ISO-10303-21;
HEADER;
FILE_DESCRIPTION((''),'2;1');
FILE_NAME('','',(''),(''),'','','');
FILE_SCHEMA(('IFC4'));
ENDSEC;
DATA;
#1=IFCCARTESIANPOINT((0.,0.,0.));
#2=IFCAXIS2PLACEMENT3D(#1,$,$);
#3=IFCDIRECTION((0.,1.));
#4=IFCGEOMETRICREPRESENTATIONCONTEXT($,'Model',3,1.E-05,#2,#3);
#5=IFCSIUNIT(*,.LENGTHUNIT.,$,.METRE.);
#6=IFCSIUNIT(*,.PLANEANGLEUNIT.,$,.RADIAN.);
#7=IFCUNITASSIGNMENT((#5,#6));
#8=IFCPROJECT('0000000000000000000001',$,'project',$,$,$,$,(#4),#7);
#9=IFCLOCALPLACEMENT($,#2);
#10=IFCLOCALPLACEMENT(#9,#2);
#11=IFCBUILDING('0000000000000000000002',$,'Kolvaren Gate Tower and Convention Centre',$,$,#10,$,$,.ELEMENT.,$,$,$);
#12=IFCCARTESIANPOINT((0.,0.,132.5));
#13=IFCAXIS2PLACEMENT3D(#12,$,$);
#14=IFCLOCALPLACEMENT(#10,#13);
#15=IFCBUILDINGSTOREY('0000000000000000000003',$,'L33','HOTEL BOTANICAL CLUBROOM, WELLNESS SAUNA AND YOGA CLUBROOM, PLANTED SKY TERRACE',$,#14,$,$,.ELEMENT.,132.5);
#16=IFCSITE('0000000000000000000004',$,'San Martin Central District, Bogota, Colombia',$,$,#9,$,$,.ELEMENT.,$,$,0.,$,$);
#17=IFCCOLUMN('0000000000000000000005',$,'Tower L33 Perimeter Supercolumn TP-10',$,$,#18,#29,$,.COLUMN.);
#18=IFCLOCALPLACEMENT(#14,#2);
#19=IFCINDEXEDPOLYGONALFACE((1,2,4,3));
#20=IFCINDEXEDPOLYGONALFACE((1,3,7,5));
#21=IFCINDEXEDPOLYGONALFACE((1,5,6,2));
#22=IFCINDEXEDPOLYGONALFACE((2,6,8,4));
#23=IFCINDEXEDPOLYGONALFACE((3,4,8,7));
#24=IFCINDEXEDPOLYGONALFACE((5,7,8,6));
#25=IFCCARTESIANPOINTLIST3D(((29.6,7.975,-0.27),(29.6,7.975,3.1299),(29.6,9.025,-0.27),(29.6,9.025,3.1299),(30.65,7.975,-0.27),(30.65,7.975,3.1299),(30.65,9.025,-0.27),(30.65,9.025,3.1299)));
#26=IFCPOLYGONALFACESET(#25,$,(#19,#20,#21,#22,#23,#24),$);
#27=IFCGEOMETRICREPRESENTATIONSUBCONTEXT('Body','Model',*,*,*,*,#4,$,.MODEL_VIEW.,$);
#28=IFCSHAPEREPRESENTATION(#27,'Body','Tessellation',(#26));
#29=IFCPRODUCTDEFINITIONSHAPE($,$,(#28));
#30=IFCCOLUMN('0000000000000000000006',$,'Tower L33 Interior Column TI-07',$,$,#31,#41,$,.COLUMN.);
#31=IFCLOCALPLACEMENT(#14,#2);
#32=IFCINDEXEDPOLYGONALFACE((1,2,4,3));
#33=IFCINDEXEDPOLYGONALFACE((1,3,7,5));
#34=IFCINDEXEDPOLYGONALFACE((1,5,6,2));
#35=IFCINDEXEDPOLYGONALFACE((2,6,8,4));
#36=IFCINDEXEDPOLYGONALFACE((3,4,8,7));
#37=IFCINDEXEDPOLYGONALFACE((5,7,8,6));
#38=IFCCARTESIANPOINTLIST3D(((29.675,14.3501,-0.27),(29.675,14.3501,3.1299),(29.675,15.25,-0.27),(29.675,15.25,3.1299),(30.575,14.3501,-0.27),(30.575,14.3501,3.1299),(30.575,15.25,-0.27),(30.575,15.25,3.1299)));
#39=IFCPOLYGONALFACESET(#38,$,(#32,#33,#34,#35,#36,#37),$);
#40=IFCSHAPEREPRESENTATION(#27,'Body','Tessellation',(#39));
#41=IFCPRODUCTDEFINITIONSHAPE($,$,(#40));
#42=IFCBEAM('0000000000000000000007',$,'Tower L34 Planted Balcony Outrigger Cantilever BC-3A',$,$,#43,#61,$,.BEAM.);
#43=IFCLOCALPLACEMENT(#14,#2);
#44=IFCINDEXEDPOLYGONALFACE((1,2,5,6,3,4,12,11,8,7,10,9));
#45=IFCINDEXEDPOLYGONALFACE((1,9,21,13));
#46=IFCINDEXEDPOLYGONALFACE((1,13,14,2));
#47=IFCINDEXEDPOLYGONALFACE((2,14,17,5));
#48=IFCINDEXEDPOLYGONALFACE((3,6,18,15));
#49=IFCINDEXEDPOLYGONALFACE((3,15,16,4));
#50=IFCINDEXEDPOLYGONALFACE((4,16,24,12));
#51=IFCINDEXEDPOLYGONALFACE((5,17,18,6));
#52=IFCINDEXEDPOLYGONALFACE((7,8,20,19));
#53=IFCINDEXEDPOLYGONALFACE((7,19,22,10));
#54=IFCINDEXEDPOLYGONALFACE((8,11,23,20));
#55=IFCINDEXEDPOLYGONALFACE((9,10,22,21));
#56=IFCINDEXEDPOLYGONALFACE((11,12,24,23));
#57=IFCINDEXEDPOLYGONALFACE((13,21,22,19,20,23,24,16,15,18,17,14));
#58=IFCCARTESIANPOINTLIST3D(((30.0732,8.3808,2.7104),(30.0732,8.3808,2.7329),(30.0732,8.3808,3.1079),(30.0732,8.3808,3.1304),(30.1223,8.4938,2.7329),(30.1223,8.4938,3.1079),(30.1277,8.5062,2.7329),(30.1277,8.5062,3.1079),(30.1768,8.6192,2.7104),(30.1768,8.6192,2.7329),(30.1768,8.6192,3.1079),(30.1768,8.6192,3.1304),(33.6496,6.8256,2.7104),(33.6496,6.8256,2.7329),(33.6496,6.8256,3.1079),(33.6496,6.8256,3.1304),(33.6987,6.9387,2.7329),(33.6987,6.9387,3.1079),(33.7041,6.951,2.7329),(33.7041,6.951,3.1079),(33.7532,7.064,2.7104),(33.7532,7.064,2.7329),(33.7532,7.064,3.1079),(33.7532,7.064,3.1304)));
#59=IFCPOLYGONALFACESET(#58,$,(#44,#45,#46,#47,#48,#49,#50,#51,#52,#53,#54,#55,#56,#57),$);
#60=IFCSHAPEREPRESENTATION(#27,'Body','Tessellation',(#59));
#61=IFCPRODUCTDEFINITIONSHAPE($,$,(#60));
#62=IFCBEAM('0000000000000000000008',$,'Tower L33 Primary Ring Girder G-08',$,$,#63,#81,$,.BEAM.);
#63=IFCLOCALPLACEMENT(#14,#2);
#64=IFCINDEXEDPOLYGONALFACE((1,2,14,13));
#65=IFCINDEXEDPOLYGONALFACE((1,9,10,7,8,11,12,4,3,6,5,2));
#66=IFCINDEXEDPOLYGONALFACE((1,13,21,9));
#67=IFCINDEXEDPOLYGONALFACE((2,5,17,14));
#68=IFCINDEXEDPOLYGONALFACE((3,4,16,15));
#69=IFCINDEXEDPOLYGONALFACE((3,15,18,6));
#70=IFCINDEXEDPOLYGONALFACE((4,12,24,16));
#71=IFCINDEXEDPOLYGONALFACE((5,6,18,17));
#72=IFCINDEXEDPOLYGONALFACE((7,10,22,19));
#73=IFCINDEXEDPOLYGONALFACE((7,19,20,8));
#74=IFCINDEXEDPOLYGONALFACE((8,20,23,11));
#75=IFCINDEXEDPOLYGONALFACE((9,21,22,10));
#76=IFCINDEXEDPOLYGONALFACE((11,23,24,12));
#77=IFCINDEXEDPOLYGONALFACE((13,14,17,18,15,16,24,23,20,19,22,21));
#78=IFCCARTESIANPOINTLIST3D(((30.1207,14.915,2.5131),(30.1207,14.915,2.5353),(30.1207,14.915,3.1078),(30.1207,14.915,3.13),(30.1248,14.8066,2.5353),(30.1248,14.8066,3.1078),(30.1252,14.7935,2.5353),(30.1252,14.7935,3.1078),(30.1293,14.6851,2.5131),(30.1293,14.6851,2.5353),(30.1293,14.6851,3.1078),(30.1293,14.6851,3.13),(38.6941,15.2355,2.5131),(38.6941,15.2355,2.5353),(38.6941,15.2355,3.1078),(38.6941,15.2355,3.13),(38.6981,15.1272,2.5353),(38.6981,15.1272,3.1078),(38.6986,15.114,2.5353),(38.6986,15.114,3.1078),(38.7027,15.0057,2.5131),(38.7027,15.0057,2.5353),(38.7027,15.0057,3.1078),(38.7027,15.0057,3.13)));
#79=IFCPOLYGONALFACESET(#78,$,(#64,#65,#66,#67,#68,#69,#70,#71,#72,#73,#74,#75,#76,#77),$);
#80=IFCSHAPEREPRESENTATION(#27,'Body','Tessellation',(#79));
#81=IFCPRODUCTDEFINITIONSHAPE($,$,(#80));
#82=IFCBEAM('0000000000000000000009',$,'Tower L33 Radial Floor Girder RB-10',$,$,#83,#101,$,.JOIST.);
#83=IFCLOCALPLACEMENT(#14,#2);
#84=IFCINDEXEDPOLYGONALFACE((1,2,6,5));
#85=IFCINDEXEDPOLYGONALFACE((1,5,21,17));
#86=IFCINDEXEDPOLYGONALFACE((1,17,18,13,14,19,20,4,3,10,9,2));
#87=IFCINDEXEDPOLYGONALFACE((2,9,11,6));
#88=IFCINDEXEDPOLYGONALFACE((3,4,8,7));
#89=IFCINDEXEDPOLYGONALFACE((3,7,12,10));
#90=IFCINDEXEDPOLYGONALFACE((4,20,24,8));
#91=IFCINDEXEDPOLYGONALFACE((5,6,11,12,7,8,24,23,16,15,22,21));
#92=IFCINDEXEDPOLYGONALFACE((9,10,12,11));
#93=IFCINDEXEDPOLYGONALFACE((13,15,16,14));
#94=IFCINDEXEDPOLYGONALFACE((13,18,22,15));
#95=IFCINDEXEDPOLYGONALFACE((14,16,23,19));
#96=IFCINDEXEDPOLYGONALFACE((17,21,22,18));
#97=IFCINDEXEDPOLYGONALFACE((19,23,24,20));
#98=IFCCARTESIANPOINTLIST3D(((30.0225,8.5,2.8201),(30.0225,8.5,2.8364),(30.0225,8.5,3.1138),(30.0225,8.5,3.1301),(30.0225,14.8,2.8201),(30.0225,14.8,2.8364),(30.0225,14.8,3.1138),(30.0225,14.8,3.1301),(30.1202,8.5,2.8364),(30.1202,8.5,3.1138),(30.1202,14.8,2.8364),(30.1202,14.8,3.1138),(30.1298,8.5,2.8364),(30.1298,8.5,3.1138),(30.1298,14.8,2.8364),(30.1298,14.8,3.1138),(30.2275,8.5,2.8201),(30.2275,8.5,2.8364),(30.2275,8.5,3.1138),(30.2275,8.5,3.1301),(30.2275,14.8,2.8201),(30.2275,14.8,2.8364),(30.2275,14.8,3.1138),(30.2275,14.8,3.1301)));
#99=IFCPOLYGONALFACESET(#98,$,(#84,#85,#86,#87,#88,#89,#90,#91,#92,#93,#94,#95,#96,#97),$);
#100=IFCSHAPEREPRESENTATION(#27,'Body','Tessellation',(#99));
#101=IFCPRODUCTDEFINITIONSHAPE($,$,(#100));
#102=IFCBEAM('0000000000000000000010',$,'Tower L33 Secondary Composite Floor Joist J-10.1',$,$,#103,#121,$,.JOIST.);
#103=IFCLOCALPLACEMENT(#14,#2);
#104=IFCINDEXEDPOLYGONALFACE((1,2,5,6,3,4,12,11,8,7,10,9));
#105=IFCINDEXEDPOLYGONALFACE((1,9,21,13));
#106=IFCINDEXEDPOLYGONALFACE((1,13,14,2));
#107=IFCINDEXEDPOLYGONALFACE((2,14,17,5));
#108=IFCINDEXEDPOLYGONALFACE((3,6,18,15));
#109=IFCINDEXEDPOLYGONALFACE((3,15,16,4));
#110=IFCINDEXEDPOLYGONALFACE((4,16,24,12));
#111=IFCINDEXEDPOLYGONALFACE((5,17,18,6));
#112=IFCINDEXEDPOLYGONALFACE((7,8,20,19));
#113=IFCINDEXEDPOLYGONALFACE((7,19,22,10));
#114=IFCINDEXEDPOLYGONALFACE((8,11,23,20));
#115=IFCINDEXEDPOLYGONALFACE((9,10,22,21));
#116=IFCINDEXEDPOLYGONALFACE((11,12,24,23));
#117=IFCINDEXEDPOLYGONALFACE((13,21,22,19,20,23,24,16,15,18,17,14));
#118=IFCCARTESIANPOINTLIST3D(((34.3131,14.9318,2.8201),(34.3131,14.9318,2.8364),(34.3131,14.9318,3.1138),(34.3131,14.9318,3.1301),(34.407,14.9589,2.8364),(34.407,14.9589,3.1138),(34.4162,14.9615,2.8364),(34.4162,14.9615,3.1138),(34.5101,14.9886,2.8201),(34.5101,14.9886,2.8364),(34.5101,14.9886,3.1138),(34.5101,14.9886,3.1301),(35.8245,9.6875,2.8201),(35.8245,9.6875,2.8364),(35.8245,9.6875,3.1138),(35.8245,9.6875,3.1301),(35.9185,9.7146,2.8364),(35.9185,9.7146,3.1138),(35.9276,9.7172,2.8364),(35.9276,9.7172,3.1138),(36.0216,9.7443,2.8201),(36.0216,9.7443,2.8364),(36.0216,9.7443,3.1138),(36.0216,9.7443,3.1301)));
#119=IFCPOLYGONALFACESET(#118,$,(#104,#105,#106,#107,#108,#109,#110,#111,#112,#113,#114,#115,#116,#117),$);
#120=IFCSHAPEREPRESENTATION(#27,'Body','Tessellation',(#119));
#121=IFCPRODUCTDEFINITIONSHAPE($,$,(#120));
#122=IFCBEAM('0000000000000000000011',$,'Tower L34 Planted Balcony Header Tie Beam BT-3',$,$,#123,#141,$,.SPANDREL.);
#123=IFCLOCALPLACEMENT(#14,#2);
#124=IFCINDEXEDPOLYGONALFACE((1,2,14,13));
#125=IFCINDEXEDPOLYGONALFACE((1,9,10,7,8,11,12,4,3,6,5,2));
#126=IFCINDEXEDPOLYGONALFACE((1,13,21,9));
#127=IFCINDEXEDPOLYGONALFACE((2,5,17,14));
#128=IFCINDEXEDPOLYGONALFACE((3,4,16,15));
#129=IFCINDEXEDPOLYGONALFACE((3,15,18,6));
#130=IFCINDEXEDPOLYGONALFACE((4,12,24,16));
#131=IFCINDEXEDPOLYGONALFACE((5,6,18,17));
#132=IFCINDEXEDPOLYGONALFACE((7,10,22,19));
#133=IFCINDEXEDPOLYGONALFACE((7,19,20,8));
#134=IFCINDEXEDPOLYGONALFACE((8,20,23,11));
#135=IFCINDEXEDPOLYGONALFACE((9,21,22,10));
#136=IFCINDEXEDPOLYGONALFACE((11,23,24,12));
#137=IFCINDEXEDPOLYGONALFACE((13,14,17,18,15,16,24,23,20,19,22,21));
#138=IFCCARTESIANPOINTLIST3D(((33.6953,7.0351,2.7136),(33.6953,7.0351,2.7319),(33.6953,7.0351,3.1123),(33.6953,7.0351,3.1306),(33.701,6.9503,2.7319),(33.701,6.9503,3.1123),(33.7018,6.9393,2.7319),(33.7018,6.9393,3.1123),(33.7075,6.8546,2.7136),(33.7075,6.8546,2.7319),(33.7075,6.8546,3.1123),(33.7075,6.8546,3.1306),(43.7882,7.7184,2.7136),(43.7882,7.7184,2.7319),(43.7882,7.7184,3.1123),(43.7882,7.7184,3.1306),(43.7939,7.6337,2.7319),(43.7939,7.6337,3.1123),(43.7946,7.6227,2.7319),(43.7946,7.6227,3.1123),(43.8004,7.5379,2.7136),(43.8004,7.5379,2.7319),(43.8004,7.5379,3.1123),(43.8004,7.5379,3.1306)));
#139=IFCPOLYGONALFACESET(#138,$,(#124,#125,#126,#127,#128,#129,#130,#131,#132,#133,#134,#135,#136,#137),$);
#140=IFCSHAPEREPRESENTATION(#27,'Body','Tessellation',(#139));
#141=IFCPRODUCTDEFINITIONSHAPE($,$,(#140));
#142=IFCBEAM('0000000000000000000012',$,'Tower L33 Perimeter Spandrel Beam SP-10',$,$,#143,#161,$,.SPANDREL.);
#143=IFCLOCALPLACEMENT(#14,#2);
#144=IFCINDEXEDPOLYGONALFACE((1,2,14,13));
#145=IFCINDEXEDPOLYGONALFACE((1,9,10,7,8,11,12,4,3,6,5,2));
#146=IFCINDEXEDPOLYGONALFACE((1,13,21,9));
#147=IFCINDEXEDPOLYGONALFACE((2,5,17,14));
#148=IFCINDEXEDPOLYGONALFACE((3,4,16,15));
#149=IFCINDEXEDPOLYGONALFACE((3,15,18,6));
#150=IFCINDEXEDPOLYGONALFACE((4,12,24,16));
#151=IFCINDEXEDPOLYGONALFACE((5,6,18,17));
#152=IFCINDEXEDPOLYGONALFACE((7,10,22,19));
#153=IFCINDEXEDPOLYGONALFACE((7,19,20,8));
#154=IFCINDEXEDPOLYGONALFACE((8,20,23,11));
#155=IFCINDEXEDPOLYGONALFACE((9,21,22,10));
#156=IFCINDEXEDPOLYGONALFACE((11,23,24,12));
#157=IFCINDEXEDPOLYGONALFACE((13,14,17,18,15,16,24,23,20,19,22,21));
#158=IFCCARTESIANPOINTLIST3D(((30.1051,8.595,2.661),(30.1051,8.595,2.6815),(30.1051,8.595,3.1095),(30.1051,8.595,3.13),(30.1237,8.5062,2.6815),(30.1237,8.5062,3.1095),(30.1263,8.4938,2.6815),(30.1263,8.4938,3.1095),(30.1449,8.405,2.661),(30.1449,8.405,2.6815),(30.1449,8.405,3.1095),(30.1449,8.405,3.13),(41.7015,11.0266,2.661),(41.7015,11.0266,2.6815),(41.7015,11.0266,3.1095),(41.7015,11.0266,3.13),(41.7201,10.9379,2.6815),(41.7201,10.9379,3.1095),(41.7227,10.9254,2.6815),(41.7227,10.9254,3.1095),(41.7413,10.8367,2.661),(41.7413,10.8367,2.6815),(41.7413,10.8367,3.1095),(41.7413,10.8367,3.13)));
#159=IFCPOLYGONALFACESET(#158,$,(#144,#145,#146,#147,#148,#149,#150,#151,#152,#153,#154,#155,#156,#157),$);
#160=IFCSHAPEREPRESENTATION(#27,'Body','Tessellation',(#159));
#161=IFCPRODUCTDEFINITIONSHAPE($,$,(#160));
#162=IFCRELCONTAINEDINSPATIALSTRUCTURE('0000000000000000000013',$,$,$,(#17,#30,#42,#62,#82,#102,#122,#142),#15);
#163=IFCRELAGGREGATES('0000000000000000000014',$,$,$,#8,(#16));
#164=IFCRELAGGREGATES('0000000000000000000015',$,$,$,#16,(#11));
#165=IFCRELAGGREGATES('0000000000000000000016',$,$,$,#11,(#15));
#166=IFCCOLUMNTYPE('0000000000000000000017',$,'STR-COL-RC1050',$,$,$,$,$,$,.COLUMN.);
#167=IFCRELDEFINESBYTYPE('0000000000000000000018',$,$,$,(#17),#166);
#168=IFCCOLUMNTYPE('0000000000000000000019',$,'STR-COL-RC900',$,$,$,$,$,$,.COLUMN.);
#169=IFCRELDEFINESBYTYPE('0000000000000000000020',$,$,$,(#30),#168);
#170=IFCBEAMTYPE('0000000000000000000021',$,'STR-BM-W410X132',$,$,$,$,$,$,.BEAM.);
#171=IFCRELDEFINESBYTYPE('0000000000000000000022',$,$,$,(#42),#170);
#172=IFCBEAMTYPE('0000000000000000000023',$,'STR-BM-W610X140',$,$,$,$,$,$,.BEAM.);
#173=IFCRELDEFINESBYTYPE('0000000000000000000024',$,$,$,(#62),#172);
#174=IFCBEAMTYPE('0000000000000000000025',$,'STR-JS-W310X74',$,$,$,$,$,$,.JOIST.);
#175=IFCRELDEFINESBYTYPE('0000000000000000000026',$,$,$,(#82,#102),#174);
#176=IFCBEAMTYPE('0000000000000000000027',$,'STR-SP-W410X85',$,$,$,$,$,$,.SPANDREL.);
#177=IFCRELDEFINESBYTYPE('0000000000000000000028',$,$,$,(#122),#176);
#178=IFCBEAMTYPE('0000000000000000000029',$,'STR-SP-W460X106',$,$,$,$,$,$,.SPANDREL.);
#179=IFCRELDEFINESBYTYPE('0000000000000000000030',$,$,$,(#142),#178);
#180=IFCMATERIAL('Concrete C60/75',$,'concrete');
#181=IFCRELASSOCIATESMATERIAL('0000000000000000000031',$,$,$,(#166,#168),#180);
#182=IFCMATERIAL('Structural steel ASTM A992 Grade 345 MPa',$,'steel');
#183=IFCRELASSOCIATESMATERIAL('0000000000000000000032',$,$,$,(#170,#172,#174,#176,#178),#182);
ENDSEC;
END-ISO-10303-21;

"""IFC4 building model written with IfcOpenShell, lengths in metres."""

from ifc_helpers import new_model, si_unit, direction, frame, origin, origin_2d, place, context, subcontext, project, spatial, rectangle, i_section, extrude, material, material_profile, profile_set, type_object, element, save


model = new_model("IFC4")

# Units and contexts
model_context = context("Model", 3, precision=1e-05, world=origin(), true_north=direction((0.0, 1.0)))
body_context = subcontext(model_context, "Body", "Model", "MODEL_VIEW")
ifc_project = project(units=[si_unit("LENGTHUNIT", "METRE"), si_unit("PLANEANGLEUNIT", "RADIAN")], contexts=[model_context])

# Site, building, storey
site_placement = place(None, origin())
site = spatial("IfcSite", under=ifc_project, at=site_placement, Name="San Martin Central District, Bogota, Colombia", CompositionType="ELEMENT", RefElevation=0.0)
building_placement = place(site_placement, origin())
building = spatial("IfcBuilding", under=site, at=building_placement, Name="Kolvaren Gate Tower and Convention Centre", CompositionType="ELEMENT")
storey_placement = place(building_placement, frame((0.0, 0.0, 132.5)))
storey = spatial("IfcBuildingStorey", under=building, at=storey_placement, Name="L33", Description="HOTEL BOTANICAL CLUBROOM, WELLNESS SAUNA AND YOGA CLUBROOM, PLANTED SKY TERRACE", CompositionType="ELEMENT", Elevation=132.5)

# Columns
ifc_material_1 = material(Name="Concrete C60/75", Category="concrete")
ifc_material_profile_1 = material_profile(ifc_material_1, rectangle(XDim=1.05, YDim=1.05, at=origin_2d()), Name="RC-COL-1050X1050")
ifc_profile_set_1 = profile_set([ifc_material_profile_1], Name="Concrete C60/75")
column_type_1 = type_object("IfcColumnType", Name="STR-COL-RC1050", PredefinedType="COLUMN", material=ifc_profile_set_1)
column_1_placement = place(storey_placement, frame((30.125, 8.5, -0.27), z_axis=(0.0, 0.0, 1.0), x_axis=(1.0, 0.0, 0.0)))
element("IfcColumn", 1, at=column_1_placement, inside=storey, type_object=column_type_1, Name="Tower L33 Perimeter Supercolumn TP-10", PredefinedType="COLUMN", context=body_context, shape_type="SweptSolid", body=[
    extrude(rectangle(XDim=1.05, YDim=1.05, at=origin_2d()), origin(), (0.0, 0.0, 1.0), 3.3999),
])
ifc_material_profile_2 = material_profile(ifc_material_1, rectangle(XDim=0.8999, YDim=0.8999, at=origin_2d()), Name="RC-COL-900X900")
ifc_profile_set_2 = profile_set([ifc_material_profile_2], Name="Concrete C60/75")
column_type_2 = type_object("IfcColumnType", Name="STR-COL-RC900", PredefinedType="COLUMN", material=ifc_profile_set_2)
column_2_placement = place(storey_placement, frame((30.125, 14.8, -0.27), z_axis=(0.0, 0.0, 1.0), x_axis=(1.0, 0.0, 0.0)))
element("IfcColumn", 2, at=column_2_placement, inside=storey, type_object=column_type_2, Name="Tower L33 Interior Column TI-07", PredefinedType="COLUMN", context=body_context, shape_type="SweptSolid", body=[
    extrude(rectangle(XDim=0.8999, YDim=0.8999, at=origin_2d()), origin(), (0.0, 0.0, 1.0), 3.3999),
])

# Beams
ifc_material_2 = material(Name="Structural steel ASTM A992 Grade 345 MPa", Category="steel")
ifc_material_profile_3 = material_profile(ifc_material_2, i_section(OverallWidth=0.26, OverallDepth=0.4199, WebThickness=0.0134, FlangeThickness=0.0225, at=origin_2d()), Name="W410X132")
ifc_profile_set_3 = profile_set([ifc_material_profile_3], Name="Structural steel ASTM A992 Grade 345 MPa")
beam_type_1 = type_object("IfcBeamType", Name="STR-BM-W410X132", PredefinedType="BEAM", material=ifc_profile_set_3)
beam_1_placement = place(storey_placement, frame((30.125, 8.5, 2.9204), z_axis=(0.91705, -0.398772, 0.0), x_axis=(0.398772, 0.91705, 0.0)))
element("IfcBeam", 3, at=beam_1_placement, inside=storey, type_object=beam_type_1, Name="Tower L34 Planted Balcony Outrigger Cantilever BC-3A", PredefinedType="BEAM", context=body_context, shape_type="SweptSolid", body=[
    extrude(i_section(OverallWidth=0.26, OverallDepth=0.4199, WebThickness=0.0134, FlangeThickness=0.0225, at=origin_2d()), origin(), (0.0, 0.0, 1.0), 3.8999),
])
ifc_material_profile_4 = material_profile(ifc_material_2, i_section(OverallWidth=0.23, OverallDepth=0.6169, WebThickness=0.0132, FlangeThickness=0.0222, at=origin_2d()), Name="W610X140")
ifc_profile_set_4 = profile_set([ifc_material_profile_4], Name="Structural steel ASTM A992 Grade 345 MPa")
beam_type_2 = type_object("IfcBeamType", Name="STR-BM-W610X140", PredefinedType="BEAM", material=ifc_profile_set_4)
beam_2_placement = place(storey_placement, frame((30.125, 14.8, 2.8215), z_axis=(0.999302, 0.037364, 0.0), x_axis=(-0.037364, 0.999302, 0.0)))
element("IfcBeam", 4, at=beam_2_placement, inside=storey, type_object=beam_type_2, Name="Tower L33 Primary Ring Girder G-08", PredefinedType="BEAM", context=body_context, shape_type="SweptSolid", body=[
    extrude(i_section(OverallWidth=0.23, OverallDepth=0.6169, WebThickness=0.0132, FlangeThickness=0.0222, at=origin_2d()), origin(), (0.0, 0.0, 1.0), 8.5793),
])
ifc_material_profile_5 = material_profile(ifc_material_2, i_section(OverallWidth=0.2051, OverallDepth=0.3101, WebThickness=0.0095, FlangeThickness=0.0164, at=origin_2d()), Name="W310X74")
ifc_profile_set_5 = profile_set([ifc_material_profile_5], Name="Structural steel ASTM A992 Grade 345 MPa")
beam_type_3 = type_object("IfcBeamType", Name="STR-JS-W310X74", PredefinedType="JOIST", material=ifc_profile_set_5)
beam_3_placement = place(storey_placement, frame((30.125, 14.8, 2.9751), z_axis=(0.0, -1.0, 0.0), x_axis=(1.0, 0.0, 0.0)))
element("IfcBeam", 5, at=beam_3_placement, inside=storey, type_object=beam_type_3, Name="Tower L33 Radial Floor Girder RB-10", PredefinedType="JOIST", context=body_context, shape_type="SweptSolid", body=[
    extrude(i_section(OverallWidth=0.2051, OverallDepth=0.3101, WebThickness=0.0095, FlangeThickness=0.0164, at=origin_2d()), origin(), (0.0, 0.0, 1.0), 6.3),
])
beam_4_placement = place(storey_placement, frame((34.4116, 14.9602, 2.9751), z_axis=(0.276936, -0.960888, 0.0), x_axis=(0.960888, 0.276936, 0.0)))
element("IfcBeam", 6, at=beam_4_placement, inside=storey, type_object=beam_type_3, Name="Tower L33 Secondary Composite Floor Joist J-10.1", PredefinedType="JOIST", context=body_context, shape_type="SweptSolid", body=[
    extrude(i_section(OverallWidth=0.2051, OverallDepth=0.3101, WebThickness=0.0095, FlangeThickness=0.0164, at=origin_2d()), origin(), (0.0, 0.0, 1.0), 5.4578),
])
ifc_material_profile_6 = material_profile(ifc_material_2, i_section(OverallWidth=0.1809, OverallDepth=0.417, WebThickness=0.011, FlangeThickness=0.0183, at=origin_2d()), Name="W410X85")
ifc_profile_set_6 = profile_set([ifc_material_profile_6], Name="Structural steel ASTM A992 Grade 345 MPa")
beam_type_4 = type_object("IfcBeamType", Name="STR-SP-W410X85", PredefinedType="SPANDREL", material=ifc_profile_set_6)
beam_5_placement = place(storey_placement, frame((33.7014, 6.9448, 2.9221), z_axis=(0.997716, 0.067552, 0.0), x_axis=(-0.067552, 0.997716, 0.0)))
element("IfcBeam", 7, at=beam_5_placement, inside=storey, type_object=beam_type_4, Name="Tower L34 Planted Balcony Header Tie Beam BT-3", PredefinedType="SPANDREL", context=body_context, shape_type="SweptSolid", body=[
    extrude(i_section(OverallWidth=0.1809, OverallDepth=0.417, WebThickness=0.011, FlangeThickness=0.0183, at=origin_2d()), origin(), (0.0, 0.0, 1.0), 10.116),
])
ifc_material_profile_7 = material_profile(ifc_material_2, i_section(OverallWidth=0.1941, OverallDepth=0.469, WebThickness=0.0127, FlangeThickness=0.0205, at=origin_2d()), Name="W460X106")
ifc_profile_set_7 = profile_set([ifc_material_profile_7], Name="Structural steel ASTM A992 Grade 345 MPa")
beam_type_5 = type_object("IfcBeamType", Name="STR-SP-W460X106", PredefinedType="SPANDREL", material=ifc_profile_set_7)
beam_6_placement = place(storey_placement, frame((30.125, 8.5, 2.8955), z_axis=(0.978715, 0.205225, 0.0), x_axis=(-0.205225, 0.978715, 0.0)))
element("IfcBeam", 8, at=beam_6_placement, inside=storey, type_object=beam_type_5, Name="Tower L33 Perimeter Spandrel Beam SP-10", PredefinedType="SPANDREL", context=body_context, shape_type="SweptSolid", body=[
    extrude(i_section(OverallWidth=0.1941, OverallDepth=0.469, WebThickness=0.0127, FlangeThickness=0.0205, at=origin_2d()), origin(), (0.0, 0.0, 1.0), 11.8486),
])

save(model, "model.ifc")
